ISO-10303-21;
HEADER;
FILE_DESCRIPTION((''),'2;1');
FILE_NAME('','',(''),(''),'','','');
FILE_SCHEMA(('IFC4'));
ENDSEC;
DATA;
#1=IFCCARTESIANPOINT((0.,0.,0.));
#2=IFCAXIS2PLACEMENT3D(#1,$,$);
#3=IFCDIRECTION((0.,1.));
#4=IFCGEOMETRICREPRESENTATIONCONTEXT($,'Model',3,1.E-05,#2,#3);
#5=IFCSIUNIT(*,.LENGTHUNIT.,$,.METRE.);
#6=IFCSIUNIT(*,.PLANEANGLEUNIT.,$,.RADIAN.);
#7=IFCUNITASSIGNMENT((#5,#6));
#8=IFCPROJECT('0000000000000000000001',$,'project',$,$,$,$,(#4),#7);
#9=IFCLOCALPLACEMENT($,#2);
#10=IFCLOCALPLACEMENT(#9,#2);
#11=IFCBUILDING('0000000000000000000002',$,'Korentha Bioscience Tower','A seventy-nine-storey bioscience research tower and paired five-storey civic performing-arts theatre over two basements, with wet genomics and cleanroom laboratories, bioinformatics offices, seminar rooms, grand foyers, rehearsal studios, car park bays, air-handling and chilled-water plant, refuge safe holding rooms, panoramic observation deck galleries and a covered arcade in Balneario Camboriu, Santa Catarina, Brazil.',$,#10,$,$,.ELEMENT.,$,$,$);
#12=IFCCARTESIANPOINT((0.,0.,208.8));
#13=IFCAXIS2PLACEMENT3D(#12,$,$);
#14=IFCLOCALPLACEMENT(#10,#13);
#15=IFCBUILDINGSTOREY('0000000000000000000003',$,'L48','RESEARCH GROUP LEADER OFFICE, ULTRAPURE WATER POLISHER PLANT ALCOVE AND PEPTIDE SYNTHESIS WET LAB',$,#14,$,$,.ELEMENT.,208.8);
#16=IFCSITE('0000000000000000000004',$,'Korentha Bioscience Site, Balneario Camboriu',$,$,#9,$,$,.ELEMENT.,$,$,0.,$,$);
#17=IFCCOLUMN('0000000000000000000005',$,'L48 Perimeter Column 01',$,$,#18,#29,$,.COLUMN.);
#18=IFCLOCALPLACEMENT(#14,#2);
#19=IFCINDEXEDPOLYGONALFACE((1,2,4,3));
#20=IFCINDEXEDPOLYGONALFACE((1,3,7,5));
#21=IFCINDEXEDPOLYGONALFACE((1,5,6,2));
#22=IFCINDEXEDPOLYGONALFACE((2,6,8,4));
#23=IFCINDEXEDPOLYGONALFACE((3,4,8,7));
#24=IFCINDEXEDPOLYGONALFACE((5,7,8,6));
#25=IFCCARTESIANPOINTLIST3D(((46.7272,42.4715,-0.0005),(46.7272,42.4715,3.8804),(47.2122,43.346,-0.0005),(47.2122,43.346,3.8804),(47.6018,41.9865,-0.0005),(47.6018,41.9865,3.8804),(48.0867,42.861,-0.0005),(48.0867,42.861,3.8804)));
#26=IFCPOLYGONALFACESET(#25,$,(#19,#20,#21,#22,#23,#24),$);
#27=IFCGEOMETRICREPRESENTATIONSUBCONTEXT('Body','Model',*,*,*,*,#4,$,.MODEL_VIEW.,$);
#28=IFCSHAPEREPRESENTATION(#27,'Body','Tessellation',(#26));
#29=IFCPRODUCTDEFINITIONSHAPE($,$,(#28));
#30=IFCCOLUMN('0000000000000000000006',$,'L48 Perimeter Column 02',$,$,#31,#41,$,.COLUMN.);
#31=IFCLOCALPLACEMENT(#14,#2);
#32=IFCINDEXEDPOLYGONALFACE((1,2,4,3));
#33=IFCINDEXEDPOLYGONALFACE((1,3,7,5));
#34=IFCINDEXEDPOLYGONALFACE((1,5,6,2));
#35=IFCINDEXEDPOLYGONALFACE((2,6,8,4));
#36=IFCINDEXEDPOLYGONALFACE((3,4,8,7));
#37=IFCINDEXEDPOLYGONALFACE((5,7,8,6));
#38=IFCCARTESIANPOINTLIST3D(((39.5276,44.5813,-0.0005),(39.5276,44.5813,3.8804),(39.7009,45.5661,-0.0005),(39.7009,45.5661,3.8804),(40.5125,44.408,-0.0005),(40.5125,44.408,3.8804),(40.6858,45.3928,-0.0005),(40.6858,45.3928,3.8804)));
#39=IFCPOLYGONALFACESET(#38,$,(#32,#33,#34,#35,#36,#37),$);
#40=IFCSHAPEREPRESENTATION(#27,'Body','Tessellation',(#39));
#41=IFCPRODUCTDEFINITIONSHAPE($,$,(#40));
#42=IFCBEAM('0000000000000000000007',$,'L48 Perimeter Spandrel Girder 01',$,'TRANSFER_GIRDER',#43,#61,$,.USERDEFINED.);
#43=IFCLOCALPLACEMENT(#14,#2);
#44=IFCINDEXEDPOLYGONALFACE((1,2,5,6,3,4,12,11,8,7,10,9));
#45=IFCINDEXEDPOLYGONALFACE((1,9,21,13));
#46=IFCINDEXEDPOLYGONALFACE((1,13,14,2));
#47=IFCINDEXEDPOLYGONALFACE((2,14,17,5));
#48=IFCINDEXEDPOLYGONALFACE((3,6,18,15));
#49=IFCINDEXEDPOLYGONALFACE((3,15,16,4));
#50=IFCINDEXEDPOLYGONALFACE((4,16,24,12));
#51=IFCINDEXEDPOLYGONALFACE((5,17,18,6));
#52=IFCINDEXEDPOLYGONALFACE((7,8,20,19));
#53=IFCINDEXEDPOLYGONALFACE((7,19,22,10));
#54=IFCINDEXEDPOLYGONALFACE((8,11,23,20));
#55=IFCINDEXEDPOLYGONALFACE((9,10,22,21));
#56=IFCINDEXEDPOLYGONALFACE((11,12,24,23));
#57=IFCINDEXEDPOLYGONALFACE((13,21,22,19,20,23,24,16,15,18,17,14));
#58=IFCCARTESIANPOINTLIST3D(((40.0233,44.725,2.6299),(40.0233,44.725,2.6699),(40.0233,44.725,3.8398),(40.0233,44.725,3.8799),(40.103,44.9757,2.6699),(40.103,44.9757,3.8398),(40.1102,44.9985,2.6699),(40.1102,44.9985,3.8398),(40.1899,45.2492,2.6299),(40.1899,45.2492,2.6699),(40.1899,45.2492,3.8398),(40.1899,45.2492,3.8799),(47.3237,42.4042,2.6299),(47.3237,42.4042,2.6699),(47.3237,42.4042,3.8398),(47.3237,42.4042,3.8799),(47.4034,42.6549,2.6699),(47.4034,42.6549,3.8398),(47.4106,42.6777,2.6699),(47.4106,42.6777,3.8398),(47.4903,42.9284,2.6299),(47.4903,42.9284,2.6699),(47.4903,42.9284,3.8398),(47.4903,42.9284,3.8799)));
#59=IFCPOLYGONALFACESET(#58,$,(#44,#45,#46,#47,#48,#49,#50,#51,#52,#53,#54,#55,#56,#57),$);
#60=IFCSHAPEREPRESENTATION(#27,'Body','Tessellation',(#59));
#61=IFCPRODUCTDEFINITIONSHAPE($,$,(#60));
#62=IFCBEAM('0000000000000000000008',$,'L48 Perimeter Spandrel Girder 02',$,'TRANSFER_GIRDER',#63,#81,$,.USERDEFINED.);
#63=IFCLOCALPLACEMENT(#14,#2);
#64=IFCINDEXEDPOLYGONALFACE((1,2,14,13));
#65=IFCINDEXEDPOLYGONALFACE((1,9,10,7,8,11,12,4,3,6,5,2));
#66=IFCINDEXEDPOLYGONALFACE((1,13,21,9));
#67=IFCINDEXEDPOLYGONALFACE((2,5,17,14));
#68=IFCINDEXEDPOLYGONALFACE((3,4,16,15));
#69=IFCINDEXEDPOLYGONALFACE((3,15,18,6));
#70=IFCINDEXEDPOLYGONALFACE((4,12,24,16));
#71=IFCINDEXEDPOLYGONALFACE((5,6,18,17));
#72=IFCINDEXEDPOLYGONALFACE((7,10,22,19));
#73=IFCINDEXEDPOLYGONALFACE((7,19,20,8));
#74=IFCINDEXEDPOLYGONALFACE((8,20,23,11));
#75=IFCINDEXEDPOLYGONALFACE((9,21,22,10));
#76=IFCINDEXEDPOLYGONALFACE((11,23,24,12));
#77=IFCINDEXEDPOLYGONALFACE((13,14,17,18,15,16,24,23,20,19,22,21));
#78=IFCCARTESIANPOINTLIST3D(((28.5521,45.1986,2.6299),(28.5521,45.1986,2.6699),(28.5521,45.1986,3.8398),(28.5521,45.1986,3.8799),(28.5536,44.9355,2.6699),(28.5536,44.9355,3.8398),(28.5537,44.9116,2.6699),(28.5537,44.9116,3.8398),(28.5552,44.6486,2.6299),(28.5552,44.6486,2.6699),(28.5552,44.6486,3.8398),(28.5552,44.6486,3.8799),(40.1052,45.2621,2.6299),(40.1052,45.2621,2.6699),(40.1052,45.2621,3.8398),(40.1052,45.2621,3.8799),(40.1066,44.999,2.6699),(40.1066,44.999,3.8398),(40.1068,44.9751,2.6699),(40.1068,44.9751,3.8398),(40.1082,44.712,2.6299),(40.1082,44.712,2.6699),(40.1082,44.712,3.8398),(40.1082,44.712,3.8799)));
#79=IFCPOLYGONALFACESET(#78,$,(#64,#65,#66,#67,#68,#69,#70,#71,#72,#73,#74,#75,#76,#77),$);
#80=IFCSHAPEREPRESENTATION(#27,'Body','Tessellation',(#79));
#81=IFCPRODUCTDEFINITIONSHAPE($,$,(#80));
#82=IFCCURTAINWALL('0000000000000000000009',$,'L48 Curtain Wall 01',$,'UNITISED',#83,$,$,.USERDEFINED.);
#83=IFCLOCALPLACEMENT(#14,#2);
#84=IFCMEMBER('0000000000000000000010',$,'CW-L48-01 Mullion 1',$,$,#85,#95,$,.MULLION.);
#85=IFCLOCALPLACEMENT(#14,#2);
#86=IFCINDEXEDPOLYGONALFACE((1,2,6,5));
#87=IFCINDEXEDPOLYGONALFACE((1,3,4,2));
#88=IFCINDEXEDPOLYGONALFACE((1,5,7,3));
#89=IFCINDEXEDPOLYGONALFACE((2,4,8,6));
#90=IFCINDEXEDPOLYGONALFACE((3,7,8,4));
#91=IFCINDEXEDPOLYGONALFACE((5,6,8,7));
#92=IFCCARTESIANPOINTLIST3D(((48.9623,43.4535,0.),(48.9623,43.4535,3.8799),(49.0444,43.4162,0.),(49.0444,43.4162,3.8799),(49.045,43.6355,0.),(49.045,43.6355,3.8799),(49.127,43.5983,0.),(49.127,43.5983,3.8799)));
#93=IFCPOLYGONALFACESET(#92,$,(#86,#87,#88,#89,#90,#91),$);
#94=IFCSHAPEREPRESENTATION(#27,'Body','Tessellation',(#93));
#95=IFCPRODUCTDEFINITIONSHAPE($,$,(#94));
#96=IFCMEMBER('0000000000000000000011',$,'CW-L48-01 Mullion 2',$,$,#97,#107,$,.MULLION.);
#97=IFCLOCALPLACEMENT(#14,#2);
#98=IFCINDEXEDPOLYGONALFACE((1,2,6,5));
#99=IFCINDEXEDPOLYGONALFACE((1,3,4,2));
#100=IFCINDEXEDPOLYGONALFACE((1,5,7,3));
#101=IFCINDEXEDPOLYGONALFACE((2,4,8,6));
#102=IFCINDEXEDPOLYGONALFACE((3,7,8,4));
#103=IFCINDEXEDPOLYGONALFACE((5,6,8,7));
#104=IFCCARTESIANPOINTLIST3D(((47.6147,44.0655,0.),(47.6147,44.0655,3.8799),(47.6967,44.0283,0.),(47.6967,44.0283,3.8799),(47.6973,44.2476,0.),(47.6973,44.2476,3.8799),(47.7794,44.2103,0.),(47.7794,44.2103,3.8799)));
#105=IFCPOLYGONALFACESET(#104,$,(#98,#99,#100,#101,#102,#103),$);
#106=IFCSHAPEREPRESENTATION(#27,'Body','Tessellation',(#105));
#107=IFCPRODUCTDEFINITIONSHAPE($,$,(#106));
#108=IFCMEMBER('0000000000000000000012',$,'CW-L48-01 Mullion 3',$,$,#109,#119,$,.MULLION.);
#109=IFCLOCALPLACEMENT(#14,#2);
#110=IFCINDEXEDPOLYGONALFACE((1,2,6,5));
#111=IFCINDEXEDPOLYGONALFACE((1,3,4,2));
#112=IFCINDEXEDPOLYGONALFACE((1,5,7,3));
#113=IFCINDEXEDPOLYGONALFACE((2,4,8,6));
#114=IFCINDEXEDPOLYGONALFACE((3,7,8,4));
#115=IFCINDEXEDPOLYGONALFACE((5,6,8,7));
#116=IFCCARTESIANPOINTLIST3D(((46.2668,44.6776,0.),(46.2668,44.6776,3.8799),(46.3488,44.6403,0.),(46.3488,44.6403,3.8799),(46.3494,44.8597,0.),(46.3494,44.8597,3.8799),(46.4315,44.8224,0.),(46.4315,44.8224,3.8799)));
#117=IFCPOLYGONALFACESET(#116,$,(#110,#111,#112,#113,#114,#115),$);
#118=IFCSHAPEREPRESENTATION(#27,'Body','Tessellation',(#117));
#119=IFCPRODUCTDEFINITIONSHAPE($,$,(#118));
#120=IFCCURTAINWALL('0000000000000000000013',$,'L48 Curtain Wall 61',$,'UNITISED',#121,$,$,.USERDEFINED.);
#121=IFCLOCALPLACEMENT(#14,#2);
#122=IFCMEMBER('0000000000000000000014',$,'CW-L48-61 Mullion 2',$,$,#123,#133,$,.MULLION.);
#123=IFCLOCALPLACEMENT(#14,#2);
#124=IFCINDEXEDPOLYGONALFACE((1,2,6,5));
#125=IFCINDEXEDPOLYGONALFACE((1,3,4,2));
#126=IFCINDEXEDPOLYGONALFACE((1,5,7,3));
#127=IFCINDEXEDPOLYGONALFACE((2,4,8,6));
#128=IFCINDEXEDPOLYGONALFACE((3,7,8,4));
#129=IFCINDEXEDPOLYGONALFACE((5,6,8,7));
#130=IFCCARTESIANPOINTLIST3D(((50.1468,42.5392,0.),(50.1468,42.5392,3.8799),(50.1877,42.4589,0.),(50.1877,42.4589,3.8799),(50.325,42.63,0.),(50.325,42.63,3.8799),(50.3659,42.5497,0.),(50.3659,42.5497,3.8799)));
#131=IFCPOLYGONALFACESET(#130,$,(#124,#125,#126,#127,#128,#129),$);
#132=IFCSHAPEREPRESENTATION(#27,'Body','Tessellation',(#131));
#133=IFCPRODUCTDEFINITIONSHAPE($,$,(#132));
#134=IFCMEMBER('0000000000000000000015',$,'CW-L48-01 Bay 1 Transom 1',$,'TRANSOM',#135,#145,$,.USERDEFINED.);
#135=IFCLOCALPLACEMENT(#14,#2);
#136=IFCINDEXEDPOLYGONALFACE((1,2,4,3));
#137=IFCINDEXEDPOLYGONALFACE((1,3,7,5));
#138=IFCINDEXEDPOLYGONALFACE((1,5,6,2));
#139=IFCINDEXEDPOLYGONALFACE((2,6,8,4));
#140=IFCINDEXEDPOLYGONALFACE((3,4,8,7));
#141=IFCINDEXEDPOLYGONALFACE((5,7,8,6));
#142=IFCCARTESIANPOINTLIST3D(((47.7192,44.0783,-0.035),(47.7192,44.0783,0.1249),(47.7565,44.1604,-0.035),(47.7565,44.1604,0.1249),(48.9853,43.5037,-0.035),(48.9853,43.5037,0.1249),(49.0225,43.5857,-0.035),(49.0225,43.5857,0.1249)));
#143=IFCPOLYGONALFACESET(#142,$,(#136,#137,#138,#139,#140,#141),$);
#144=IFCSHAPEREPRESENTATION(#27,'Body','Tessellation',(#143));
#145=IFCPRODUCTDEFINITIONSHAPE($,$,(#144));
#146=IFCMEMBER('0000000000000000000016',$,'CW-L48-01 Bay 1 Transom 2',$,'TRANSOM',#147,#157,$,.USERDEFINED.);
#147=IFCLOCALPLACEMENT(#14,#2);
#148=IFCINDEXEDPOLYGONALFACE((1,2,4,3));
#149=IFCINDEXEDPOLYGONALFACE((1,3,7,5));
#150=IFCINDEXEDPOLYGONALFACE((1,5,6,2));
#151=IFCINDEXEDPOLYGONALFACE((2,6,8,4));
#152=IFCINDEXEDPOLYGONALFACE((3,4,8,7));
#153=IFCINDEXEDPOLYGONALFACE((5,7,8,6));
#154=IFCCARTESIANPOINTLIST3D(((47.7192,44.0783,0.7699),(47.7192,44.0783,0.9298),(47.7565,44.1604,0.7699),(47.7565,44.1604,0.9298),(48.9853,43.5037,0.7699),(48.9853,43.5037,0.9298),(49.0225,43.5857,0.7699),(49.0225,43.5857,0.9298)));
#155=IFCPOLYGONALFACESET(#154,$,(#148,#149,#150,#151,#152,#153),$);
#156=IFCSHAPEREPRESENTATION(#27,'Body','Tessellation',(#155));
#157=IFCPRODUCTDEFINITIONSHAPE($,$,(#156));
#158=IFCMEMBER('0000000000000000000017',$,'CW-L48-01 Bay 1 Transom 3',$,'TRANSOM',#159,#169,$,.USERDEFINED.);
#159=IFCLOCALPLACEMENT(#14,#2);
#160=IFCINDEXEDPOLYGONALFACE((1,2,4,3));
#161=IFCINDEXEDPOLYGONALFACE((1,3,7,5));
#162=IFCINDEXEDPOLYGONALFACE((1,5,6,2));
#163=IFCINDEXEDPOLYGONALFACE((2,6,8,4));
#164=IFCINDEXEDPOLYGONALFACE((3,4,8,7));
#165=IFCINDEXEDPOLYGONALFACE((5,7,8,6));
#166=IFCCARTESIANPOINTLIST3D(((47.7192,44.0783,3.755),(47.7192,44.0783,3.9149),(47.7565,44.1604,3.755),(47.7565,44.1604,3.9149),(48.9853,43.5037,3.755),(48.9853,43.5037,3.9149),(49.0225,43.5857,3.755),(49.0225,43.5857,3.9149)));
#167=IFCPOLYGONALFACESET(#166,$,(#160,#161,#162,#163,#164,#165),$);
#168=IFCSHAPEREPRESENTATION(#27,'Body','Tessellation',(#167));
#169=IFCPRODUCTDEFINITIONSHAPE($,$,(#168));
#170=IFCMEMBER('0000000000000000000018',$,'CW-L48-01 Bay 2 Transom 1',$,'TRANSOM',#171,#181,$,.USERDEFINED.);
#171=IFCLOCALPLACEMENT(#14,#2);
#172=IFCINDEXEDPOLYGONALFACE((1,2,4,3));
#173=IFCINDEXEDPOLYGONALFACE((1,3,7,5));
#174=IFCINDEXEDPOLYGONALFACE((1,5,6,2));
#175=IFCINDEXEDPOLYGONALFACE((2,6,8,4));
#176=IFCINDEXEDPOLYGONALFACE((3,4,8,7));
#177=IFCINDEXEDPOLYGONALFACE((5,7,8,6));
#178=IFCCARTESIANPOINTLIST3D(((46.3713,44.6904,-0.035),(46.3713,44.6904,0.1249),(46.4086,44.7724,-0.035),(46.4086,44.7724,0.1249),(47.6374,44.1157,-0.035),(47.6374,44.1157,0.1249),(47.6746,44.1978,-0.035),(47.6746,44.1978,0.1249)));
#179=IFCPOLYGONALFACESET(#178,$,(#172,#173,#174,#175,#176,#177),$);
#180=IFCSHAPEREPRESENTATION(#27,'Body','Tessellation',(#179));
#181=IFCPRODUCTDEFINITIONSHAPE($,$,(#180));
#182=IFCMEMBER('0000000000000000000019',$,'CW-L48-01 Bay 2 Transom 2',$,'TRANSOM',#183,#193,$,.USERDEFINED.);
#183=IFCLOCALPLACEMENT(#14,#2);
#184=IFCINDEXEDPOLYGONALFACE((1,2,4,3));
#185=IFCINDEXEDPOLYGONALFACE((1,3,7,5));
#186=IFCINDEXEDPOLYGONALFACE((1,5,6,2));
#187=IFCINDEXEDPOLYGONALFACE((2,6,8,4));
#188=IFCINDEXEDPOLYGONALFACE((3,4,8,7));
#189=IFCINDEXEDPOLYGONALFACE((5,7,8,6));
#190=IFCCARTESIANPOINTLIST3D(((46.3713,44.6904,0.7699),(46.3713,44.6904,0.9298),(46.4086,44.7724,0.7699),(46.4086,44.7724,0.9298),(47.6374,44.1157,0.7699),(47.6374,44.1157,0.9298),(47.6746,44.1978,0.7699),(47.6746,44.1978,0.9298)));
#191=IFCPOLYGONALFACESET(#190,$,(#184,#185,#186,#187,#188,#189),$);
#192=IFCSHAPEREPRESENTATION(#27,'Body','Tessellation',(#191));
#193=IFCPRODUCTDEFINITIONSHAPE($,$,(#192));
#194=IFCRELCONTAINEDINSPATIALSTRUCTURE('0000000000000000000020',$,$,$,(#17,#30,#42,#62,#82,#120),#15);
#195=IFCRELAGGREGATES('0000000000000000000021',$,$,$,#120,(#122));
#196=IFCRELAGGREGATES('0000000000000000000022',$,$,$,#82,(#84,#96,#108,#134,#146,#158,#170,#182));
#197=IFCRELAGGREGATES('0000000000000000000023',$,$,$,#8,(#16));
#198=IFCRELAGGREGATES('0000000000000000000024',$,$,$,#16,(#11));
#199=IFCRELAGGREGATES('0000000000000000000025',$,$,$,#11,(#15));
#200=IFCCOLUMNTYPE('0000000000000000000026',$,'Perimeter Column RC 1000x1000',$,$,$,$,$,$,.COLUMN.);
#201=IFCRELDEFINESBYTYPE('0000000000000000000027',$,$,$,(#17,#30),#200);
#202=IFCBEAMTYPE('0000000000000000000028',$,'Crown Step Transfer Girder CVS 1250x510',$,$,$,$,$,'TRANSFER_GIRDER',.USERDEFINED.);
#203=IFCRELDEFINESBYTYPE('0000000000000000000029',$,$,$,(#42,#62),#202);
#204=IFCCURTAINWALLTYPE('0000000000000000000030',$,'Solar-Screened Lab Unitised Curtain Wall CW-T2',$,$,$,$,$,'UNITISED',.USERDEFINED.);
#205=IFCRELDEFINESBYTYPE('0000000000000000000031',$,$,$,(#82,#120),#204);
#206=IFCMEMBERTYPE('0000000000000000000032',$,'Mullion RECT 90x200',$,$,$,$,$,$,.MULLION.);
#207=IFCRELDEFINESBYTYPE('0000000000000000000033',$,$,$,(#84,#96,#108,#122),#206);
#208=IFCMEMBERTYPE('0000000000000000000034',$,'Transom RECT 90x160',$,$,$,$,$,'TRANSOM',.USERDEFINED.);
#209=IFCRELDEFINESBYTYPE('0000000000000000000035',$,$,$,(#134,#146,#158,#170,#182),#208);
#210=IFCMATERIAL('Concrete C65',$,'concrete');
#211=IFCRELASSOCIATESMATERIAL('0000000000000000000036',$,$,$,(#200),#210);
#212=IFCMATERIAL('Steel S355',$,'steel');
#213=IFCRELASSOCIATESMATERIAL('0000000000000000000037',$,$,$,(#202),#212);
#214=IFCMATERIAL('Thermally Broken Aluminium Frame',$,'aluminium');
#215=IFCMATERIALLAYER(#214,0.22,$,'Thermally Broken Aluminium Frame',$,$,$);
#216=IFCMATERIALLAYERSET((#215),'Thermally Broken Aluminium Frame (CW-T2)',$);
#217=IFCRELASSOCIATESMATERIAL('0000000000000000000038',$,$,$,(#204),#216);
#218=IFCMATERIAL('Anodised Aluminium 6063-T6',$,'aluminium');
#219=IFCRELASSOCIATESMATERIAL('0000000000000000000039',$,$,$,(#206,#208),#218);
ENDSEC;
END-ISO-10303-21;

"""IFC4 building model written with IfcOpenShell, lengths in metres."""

from ifc_helpers import new_model, si_unit, direction, frame, origin, origin_2d, place, context, subcontext, project, spatial, rectangle, i_section, extrude, material, layer, layer_set, material_profile, profile_set, type_object, element, aggregate, save


model = new_model("IFC4")

# Units and contexts
model_context = context("Model", 3, precision=1e-05, world=origin(), true_north=direction((0.0, 1.0)))
body_context = subcontext(model_context, "Body", "Model", "MODEL_VIEW")
ifc_project = project(units=[si_unit("LENGTHUNIT", "METRE"), si_unit("PLANEANGLEUNIT", "RADIAN")], contexts=[model_context])

# Site, building, storey
site_placement = place(None, origin())
site = spatial("IfcSite", under=ifc_project, at=site_placement, Name="Korentha Bioscience Site, Balneario Camboriu", CompositionType="ELEMENT", RefElevation=0.0)
building_placement = place(site_placement, origin())
building = spatial("IfcBuilding", under=site, at=building_placement, Name="Korentha Bioscience Tower", Description="A seventy-nine-storey bioscience research tower and paired five-storey civic performing-arts theatre over two basements, with wet genomics and cleanroom laboratories, bioinformatics offices, seminar rooms, grand foyers, rehearsal studios, car park bays, air-handling and chilled-water plant, refuge safe holding rooms, panoramic observation deck galleries and a covered arcade in Balneario Camboriu, Santa Catarina, Brazil.", CompositionType="ELEMENT")
storey_placement = place(building_placement, frame((0.0, 0.0, 208.8)))
storey = spatial("IfcBuildingStorey", under=building, at=storey_placement, Name="L48", Description="RESEARCH GROUP LEADER OFFICE, ULTRAPURE WATER POLISHER PLANT ALCOVE AND PEPTIDE SYNTHESIS WET LAB", CompositionType="ELEMENT", Elevation=208.8)

# Columns
ifc_material_1 = material(Name="Concrete C65", Category="concrete")
ifc_material_profile_1 = material_profile(ifc_material_1, rectangle(XDim=1.0, YDim=1.0, at=origin_2d()), Name="Concrete C65")
ifc_profile_set_1 = profile_set([ifc_material_profile_1], Name="Concrete C65 (COL-P10)")
column_type = type_object("IfcColumnType", Name="Perimeter Column RC 1000x1000", PredefinedType="COLUMN", material=ifc_profile_set_1)
for number, where, z_axis, x_axis, name in (
    (1, (47.407, 42.6663, -0.0005), (0.0, 0.0, 1.0), (-0.874535, 0.484962, 0.0), "L48 Perimeter Column 01"),
    (2, (40.1067, 44.9871, -0.0005), (0.0, 0.0, 1.0), (-0.984868, 0.173304, 0.0), "L48 Perimeter Column 02"),
):
    element("IfcColumn", number, at=place(storey_placement, frame(where, z_axis=z_axis, x_axis=x_axis)), inside=storey, type_object=column_type, Name=name, PredefinedType="COLUMN", context=body_context, shape_type="SweptSolid", body=[
        extrude(rectangle(XDim=1.0, YDim=1.0, at=origin_2d()), origin(), (0.0, 0.0, 1.0), 3.8809),
    ])

# Beams
ifc_material_2 = material(Name="Steel S355", Category="steel")
ifc_material_profile_2 = material_profile(ifc_material_2, i_section(OverallWidth=0.55, OverallDepth=1.25, WebThickness=0.0239, FlangeThickness=0.04, at=origin_2d()), Name="Steel S355")
ifc_profile_set_2 = profile_set([ifc_material_profile_2], Name="Steel S355 (TG-03)")
beam_type = type_object("IfcBeamType", Name="Crown Step Transfer Girder CVS 1250x510", ElementType="TRANSFER_GIRDER", PredefinedType="USERDEFINED", material=ifc_profile_set_2)
beam_1_placement = place(storey_placement, frame((47.407, 42.6663, 3.2549), z_axis=(-0.953002, 0.302964, 0.0), x_axis=(-0.302964, -0.953002, 0.0)))
element("IfcBeam", 3, at=beam_1_placement, inside=storey, type_object=beam_type, Name="L48 Perimeter Spandrel Girder 01", ObjectType="TRANSFER_GIRDER", PredefinedType="USERDEFINED", context=body_context, shape_type="SweptSolid", body=[
    extrude(i_section(OverallWidth=0.55, OverallDepth=1.25, WebThickness=0.0239, FlangeThickness=0.04, at=origin_2d()), origin(), (0.0, 0.0, 1.0), 7.6604),
])
beam_2_placement = place(storey_placement, frame((40.1067, 44.9871, 3.2549), z_axis=(-0.999985, -0.005494, 0.0), x_axis=(0.005494, -0.999985, 0.0)))
element("IfcBeam", 4, at=beam_2_placement, inside=storey, type_object=beam_type, Name="L48 Perimeter Spandrel Girder 02", ObjectType="TRANSFER_GIRDER", PredefinedType="USERDEFINED", context=body_context, shape_type="SweptSolid", body=[
    extrude(i_section(OverallWidth=0.55, OverallDepth=1.25, WebThickness=0.0239, FlangeThickness=0.04, at=origin_2d()), origin(), (0.0, 0.0, 1.0), 11.5532),
])

# Curtain wall, members
ifc_material_3 = material(Name="Thermally Broken Aluminium Frame", Category="aluminium")
ifc_layer_1 = layer(ifc_material_3, 0.22, Name="Thermally Broken Aluminium Frame")
ifc_layer_set_1 = layer_set([ifc_layer_1], Name="Thermally Broken Aluminium Frame (CW-T2)")
curtain_wall_type = type_object("IfcCurtainWallType", Name="Solar-Screened Lab Unitised Curtain Wall CW-T2", ElementType="UNITISED", PredefinedType="USERDEFINED", material=ifc_layer_set_1)
curtain_wall_1_placement = place(storey_placement, origin())
curtain_wall_1 = element("IfcCurtainWall", 5, at=curtain_wall_1_placement, inside=storey, type_object=curtain_wall_type, Name="L48 Curtain Wall 01", ObjectType="UNITISED", PredefinedType="USERDEFINED")
ifc_material_4 = material(Name="Anodised Aluminium 6063-T6", Category="aluminium")
ifc_material_profile_3 = material_profile(ifc_material_4, rectangle(XDim=0.0901, YDim=0.2, at=origin_2d()), Name="Anodised Aluminium 6063-T6")
ifc_profile_set_3 = profile_set([ifc_material_profile_3], Name="Anodised Aluminium 6063-T6 (CW-MUL)")
member_type_1 = type_object("IfcMemberType", Name="Mullion RECT 90x200", PredefinedType="MULLION", material=ifc_profile_set_3)
member_1_placement = place(storey_placement, frame((49.0447, 43.5259, 0.0), z_axis=(0.0, 0.0, 1.0), x_axis=(-0.91052, 0.413465, 0.0)))
member_1 = element("IfcMember", 6, at=member_1_placement, type_object=member_type_1, Name="CW-L48-01 Mullion 1", PredefinedType="MULLION", context=body_context, shape_type="SweptSolid", body=[
    extrude(rectangle(XDim=0.0901, YDim=0.2, at=origin_2d()), origin(), (0.0, 0.0, 1.0), 3.8799),
])
member_2_placement = place(storey_placement, frame((47.697, 44.1379, 0.0), z_axis=(0.0, 0.0, 1.0), x_axis=(-0.91052, 0.413465, 0.0)))
member_2 = element("IfcMember", 7, at=member_2_placement, type_object=member_type_1, Name="CW-L48-01 Mullion 2", PredefinedType="MULLION", context=body_context, shape_type="SweptSolid", body=[
    extrude(rectangle(XDim=0.0901, YDim=0.2, at=origin_2d()), origin(), (0.0, 0.0, 1.0), 3.8799),
])
member_3_placement = place(storey_placement, frame((46.3491, 44.75, 0.0), z_axis=(0.0, 0.0, 1.0), x_axis=(-0.91052, 0.413465, 0.0)))
member_3 = element("IfcMember", 8, at=member_3_placement, type_object=member_type_1, Name="CW-L48-01 Mullion 3", PredefinedType="MULLION", context=body_context, shape_type="SweptSolid", body=[
    extrude(rectangle(XDim=0.0901, YDim=0.2, at=origin_2d()), origin(), (0.0, 0.0, 1.0), 3.8799),
])

# Curtain wall, member
curtain_wall_2_placement = place(storey_placement, origin())
curtain_wall_2 = element("IfcCurtainWall", 9, at=curtain_wall_2_placement, inside=storey, type_object=curtain_wall_type, Name="L48 Curtain Wall 61", ObjectType="UNITISED", PredefinedType="USERDEFINED")
member_4_placement = place(storey_placement, frame((50.2563, 42.5444, 0.0), z_axis=(0.0, 0.0, 1.0), x_axis=(-0.454116, 0.890943, 0.0)))
member_4 = element("IfcMember", 10, at=member_4_placement, type_object=member_type_1, Name="CW-L48-61 Mullion 2", PredefinedType="MULLION", context=body_context, shape_type="SweptSolid", body=[
    extrude(rectangle(XDim=0.0901, YDim=0.2, at=origin_2d()), origin(), (0.0, 0.0, 1.0), 3.8799),
])
aggregate(curtain_wall_2, [member_4])

# Members
ifc_material_profile_4 = material_profile(ifc_material_4, rectangle(XDim=0.0901, YDim=0.1599, at=origin_2d()), Name="Anodised Aluminium 6063-T6")
ifc_profile_set_4 = profile_set([ifc_material_profile_4], Name="Anodised Aluminium 6063-T6 (CW-TRN)")
member_type_2 = type_object("IfcMemberType", Name="Transom RECT 90x160", ElementType="TRANSOM", PredefinedType="USERDEFINED", material=ifc_profile_set_4)
member_5_placement = place(storey_placement, frame((49.0039, 43.5447, 0.0449), z_axis=(-0.910583, 0.413327, 0.0), x_axis=(-0.413327, -0.910583, 0.0)))
member_5 = element("IfcMember", 11, at=member_5_placement, type_object=member_type_2, Name="CW-L48-01 Bay 1 Transom 1", ObjectType="TRANSOM", PredefinedType="USERDEFINED", context=body_context, shape_type="SweptSolid", body=[
    extrude(rectangle(XDim=0.0901, YDim=0.1599, at=origin_2d()), origin(), (0.0, 0.0, 1.0), 1.3904),
])
member_6_placement = place(storey_placement, frame((49.0039, 43.5447, 0.8499), z_axis=(-0.910583, 0.413327, 0.0), x_axis=(-0.413327, -0.910583, 0.0)))
member_6 = element("IfcMember", 12, at=member_6_placement, type_object=member_type_2, Name="CW-L48-01 Bay 1 Transom 2", ObjectType="TRANSOM", PredefinedType="USERDEFINED", context=body_context, shape_type="SweptSolid", body=[
    extrude(rectangle(XDim=0.0901, YDim=0.1599, at=origin_2d()), origin(), (0.0, 0.0, 1.0), 1.3904),
])
member_7_placement = place(storey_placement, frame((49.0039, 43.5447, 3.835), z_axis=(-0.910583, 0.413327, 0.0), x_axis=(-0.413327, -0.910583, 0.0)))
member_7 = element("IfcMember", 13, at=member_7_placement, type_object=member_type_2, Name="CW-L48-01 Bay 1 Transom 3", ObjectType="TRANSOM", PredefinedType="USERDEFINED", context=body_context, shape_type="SweptSolid", body=[
    extrude(rectangle(XDim=0.0901, YDim=0.1599, at=origin_2d()), origin(), (0.0, 0.0, 1.0), 1.3904),
])
member_8_placement = place(storey_placement, frame((47.656, 44.1567, 0.0449), z_axis=(-0.910583, 0.413327, 0.0), x_axis=(-0.413327, -0.910583, 0.0)))
member_8 = element("IfcMember", 14, at=member_8_placement, type_object=member_type_2, Name="CW-L48-01 Bay 2 Transom 1", ObjectType="TRANSOM", PredefinedType="USERDEFINED", context=body_context, shape_type="SweptSolid", body=[
    extrude(rectangle(XDim=0.0901, YDim=0.1599, at=origin_2d()), origin(), (0.0, 0.0, 1.0), 1.3904),
])
member_9_placement = place(storey_placement, frame((47.656, 44.1567, 0.8499), z_axis=(-0.910583, 0.413327, 0.0), x_axis=(-0.413327, -0.910583, 0.0)))
member_9 = element("IfcMember", 15, at=member_9_placement, type_object=member_type_2, Name="CW-L48-01 Bay 2 Transom 2", ObjectType="TRANSOM", PredefinedType="USERDEFINED", context=body_context, shape_type="SweptSolid", body=[
    extrude(rectangle(XDim=0.0901, YDim=0.1599, at=origin_2d()), origin(), (0.0, 0.0, 1.0), 1.3904),
])

aggregate(curtain_wall_1, [member_1, member_2, member_3, member_5, member_6, member_7, member_8, member_9])

save(model, "model.ifc")
